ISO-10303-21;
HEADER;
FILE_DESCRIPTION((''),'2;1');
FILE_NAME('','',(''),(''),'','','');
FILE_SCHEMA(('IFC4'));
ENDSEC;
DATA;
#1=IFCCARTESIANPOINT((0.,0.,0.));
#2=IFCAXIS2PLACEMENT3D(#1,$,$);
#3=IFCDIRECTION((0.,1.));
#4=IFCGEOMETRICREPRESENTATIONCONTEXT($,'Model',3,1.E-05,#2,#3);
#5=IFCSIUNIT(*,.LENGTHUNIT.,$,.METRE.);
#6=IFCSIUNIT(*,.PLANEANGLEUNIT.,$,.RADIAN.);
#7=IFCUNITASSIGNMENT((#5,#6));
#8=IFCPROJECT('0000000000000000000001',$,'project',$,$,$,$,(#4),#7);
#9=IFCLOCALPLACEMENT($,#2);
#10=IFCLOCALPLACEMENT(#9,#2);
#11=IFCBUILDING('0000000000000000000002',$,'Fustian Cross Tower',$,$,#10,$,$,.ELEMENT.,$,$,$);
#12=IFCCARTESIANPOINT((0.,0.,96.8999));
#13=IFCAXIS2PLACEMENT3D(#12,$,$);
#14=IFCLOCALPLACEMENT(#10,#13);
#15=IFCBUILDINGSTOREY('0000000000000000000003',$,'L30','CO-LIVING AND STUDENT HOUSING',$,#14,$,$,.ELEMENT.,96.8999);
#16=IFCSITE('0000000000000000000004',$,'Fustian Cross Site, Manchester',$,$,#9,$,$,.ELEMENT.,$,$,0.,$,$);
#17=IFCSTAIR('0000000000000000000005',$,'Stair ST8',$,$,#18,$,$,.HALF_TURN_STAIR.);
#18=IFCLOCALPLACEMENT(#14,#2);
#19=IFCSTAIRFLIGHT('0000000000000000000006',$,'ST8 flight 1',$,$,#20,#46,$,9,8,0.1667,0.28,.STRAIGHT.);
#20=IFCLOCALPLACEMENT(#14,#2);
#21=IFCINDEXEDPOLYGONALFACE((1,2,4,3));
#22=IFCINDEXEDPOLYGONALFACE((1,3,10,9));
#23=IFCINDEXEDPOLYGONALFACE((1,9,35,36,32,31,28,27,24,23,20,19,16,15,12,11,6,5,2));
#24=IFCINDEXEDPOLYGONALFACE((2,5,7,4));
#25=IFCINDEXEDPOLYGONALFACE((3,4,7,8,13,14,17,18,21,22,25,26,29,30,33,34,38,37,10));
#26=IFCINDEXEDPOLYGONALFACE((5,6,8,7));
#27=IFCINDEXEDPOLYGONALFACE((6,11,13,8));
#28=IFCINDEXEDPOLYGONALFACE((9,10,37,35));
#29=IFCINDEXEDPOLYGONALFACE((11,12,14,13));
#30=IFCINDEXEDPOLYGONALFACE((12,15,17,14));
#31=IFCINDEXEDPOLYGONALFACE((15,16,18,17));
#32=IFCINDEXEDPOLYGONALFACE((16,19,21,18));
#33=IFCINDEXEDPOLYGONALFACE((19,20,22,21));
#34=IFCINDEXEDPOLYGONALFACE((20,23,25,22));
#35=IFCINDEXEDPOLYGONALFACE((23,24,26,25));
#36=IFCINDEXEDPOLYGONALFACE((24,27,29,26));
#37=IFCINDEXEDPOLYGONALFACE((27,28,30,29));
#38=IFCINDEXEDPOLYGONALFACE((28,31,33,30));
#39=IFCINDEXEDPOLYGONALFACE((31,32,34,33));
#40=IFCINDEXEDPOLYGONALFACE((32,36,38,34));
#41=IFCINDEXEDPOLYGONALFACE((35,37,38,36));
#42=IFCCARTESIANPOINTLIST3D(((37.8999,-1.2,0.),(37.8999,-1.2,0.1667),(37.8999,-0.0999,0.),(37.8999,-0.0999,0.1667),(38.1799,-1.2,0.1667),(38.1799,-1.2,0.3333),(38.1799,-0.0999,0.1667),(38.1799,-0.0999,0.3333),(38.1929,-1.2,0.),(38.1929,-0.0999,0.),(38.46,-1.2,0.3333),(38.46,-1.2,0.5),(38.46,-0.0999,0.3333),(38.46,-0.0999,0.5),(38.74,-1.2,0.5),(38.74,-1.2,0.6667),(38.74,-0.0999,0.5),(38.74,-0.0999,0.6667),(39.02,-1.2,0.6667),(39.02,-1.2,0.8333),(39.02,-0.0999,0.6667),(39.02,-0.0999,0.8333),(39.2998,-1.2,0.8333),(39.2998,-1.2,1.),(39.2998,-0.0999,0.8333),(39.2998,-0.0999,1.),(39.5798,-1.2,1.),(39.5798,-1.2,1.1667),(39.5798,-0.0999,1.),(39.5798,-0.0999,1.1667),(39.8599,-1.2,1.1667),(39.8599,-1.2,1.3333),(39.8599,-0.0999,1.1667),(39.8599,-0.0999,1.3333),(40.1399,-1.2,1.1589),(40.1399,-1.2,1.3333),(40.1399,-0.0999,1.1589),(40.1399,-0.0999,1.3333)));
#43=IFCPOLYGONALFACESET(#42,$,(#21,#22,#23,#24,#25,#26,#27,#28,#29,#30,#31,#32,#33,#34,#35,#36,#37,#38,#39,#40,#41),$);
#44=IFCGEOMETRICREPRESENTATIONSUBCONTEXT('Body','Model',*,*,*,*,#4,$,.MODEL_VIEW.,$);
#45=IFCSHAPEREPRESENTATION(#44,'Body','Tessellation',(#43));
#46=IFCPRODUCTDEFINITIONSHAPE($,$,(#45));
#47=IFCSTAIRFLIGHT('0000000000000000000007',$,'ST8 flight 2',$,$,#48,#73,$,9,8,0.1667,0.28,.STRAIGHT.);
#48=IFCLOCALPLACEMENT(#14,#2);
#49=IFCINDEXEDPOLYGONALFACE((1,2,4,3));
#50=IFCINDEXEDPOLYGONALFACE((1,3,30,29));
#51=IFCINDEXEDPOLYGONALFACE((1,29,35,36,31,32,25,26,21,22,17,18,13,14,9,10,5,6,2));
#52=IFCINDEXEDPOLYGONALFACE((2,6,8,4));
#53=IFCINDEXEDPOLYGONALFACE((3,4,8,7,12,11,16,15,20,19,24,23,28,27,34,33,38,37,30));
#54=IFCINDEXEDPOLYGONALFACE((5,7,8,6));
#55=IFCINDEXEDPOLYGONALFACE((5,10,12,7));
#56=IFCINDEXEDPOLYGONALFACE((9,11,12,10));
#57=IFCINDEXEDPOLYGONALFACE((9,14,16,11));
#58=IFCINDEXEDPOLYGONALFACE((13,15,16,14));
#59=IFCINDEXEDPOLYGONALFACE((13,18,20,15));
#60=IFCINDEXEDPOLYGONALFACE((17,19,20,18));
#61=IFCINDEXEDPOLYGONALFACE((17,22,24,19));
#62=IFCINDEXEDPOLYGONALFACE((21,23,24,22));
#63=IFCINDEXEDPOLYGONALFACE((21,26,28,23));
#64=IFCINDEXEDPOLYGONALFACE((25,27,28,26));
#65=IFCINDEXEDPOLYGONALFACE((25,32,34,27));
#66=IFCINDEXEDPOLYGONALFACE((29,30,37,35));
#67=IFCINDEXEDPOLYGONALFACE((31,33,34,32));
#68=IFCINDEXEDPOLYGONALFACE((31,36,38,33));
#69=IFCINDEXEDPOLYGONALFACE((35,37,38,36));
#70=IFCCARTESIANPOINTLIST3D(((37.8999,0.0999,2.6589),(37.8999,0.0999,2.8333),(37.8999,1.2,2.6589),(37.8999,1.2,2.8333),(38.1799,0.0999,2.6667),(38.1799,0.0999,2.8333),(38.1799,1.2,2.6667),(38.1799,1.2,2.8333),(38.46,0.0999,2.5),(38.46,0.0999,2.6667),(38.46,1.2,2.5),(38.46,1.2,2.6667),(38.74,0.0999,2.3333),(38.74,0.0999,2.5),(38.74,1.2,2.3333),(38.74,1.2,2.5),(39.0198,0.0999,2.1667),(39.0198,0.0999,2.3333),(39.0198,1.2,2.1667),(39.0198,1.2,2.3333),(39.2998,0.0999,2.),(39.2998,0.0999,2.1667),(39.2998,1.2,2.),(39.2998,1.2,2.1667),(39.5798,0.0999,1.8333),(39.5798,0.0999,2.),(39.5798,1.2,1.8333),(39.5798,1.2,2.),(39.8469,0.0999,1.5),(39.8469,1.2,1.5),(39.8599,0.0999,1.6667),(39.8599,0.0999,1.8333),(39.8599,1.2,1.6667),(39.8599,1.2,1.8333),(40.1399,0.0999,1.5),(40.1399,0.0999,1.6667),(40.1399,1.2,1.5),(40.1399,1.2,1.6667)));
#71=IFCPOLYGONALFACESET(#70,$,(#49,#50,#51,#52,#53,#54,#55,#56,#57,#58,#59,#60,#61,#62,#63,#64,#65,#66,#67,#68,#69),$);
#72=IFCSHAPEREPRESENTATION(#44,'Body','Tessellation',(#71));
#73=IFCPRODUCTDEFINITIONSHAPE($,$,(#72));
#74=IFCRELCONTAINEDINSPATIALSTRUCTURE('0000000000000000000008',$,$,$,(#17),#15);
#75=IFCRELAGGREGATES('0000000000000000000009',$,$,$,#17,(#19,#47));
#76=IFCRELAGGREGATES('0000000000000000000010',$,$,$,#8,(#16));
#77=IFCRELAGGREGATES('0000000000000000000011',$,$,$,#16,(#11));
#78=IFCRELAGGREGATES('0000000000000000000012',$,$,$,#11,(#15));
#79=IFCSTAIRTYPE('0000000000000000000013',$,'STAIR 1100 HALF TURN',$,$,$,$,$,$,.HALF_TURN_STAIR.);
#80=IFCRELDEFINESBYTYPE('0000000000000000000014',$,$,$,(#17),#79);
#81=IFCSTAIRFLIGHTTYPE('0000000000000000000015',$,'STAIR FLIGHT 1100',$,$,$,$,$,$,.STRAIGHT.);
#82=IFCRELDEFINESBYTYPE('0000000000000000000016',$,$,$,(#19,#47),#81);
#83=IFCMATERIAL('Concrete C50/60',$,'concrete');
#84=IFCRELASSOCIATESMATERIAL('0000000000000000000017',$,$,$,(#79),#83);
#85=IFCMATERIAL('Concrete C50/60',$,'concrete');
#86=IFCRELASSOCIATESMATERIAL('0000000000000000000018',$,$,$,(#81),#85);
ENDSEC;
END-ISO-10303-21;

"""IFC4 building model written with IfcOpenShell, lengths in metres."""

from ifc_helpers import new_model, si_unit, direction, frame, origin, place, context, subcontext, project, spatial, polyline, outline, extrude, material, type_object, element, aggregate, save


model = new_model("IFC4")

# Units and contexts
model_context = context("Model", 3, precision=1e-05, world=origin(), true_north=direction((0.0, 1.0)))
body_context = subcontext(model_context, "Body", "Model", "MODEL_VIEW")
ifc_project = project(units=[si_unit("LENGTHUNIT", "METRE"), si_unit("PLANEANGLEUNIT", "RADIAN")], contexts=[model_context])

# Site, building, storey
site_placement = place(None, origin())
site = spatial("IfcSite", under=ifc_project, at=site_placement, Name="Fustian Cross Site, Manchester", CompositionType="ELEMENT", RefElevation=0.0)
building_placement = place(site_placement, origin())
building = spatial("IfcBuilding", under=site, at=building_placement, Name="Fustian Cross Tower", CompositionType="ELEMENT")
storey_placement = place(building_placement, frame((0.0, 0.0, 96.8999)))
storey = spatial("IfcBuildingStorey", under=building, at=storey_placement, Name="L30", Description="CO-LIVING AND STUDENT HOUSING", CompositionType="ELEMENT", Elevation=96.8999)

# Stair, stair flights
ifc_material_1 = material(Name="Concrete C50/60", Category="concrete")
stair_type = type_object("IfcStairType", Name="STAIR 1100 HALF TURN", PredefinedType="HALF_TURN_STAIR", material=ifc_material_1)
stair_placement = place(storey_placement, origin())
stair = element("IfcStair", 1, at=stair_placement, inside=storey, type_object=stair_type, Name="Stair ST8", PredefinedType="HALF_TURN_STAIR")
ifc_material_2 = material(Name="Concrete C50/60", Category="concrete")
stair_flight_type = type_object("IfcStairFlightType", Name="STAIR FLIGHT 1100", PredefinedType="STRAIGHT", material=ifc_material_2)
stair_flight_1_placement = place(storey_placement, frame((37.8999, -0.6499, 0.0), z_axis=(0.0, 0.0, 1.0), x_axis=(1.0, 0.0, 0.0)))
stair_flight_1 = element("IfcStairFlight", 2, at=stair_flight_1_placement, type_object=stair_flight_type, Name="ST8 flight 1", NumberOfRisers=9, NumberOfTreads=8, PredefinedType="STRAIGHT", RiserHeight=0.1667, TreadLength=0.28, context=body_context, shape_type="SweptSolid", body=[
    extrude(outline(polyline([(0.0, 0.0), (0.0, 0.1667), (0.28, 0.1667), (0.28, 0.3333), (0.5601, 0.3333), (0.5601, 0.5), (0.8401, 0.5), (0.8401, 0.6667), (1.1201, 0.6667), (1.1201, 0.8333), (1.3999, 0.8333), (1.3999, 1.0), (1.6799, 1.0), (1.6799, 1.1667), (1.96, 1.1667), (1.96, 1.3333), (2.24, 1.3333), (2.24, 1.5), (2.24, 1.1589), (0.293, 0.0), (0.0, 0.0)])), frame((0.0, 0.55, 0.0), z_axis=(0.0, -1.0, 0.0), x_axis=(1.0, 0.0, 0.0)), (0.0, 0.0, 1.0), 1.1001),
])
stair_flight_2_placement = place(storey_placement, frame((40.1399, 0.6499, 1.5), z_axis=(0.0, 0.0, 1.0), x_axis=(-1.0, 0.0, 0.0)))
stair_flight_2 = element("IfcStairFlight", 3, at=stair_flight_2_placement, type_object=stair_flight_type, Name="ST8 flight 2", NumberOfRisers=9, NumberOfTreads=8, PredefinedType="STRAIGHT", RiserHeight=0.1667, TreadLength=0.28, context=body_context, shape_type="SweptSolid", body=[
    extrude(outline(polyline([(0.0, 0.0), (0.0, 0.1667), (0.28, 0.1667), (0.28, 0.3333), (0.5601, 0.3333), (0.5601, 0.5), (0.8401, 0.5), (0.8401, 0.6667), (1.1201, 0.6667), (1.1201, 0.8333), (1.3999, 0.8333), (1.3999, 1.0), (1.6799, 1.0), (1.6799, 1.1667), (1.96, 1.1667), (1.96, 1.3333), (2.24, 1.3333), (2.24, 1.5), (2.24, 1.1589), (0.293, 0.0), (0.0, 0.0)])), frame((0.0, 0.55, 0.0), z_axis=(0.0, -1.0, 0.0), x_axis=(1.0, 0.0, 0.0)), (0.0, 0.0, 1.0), 1.1001),
])
aggregate(stair, [stair_flight_1, stair_flight_2])

save(model, "model.ifc")
